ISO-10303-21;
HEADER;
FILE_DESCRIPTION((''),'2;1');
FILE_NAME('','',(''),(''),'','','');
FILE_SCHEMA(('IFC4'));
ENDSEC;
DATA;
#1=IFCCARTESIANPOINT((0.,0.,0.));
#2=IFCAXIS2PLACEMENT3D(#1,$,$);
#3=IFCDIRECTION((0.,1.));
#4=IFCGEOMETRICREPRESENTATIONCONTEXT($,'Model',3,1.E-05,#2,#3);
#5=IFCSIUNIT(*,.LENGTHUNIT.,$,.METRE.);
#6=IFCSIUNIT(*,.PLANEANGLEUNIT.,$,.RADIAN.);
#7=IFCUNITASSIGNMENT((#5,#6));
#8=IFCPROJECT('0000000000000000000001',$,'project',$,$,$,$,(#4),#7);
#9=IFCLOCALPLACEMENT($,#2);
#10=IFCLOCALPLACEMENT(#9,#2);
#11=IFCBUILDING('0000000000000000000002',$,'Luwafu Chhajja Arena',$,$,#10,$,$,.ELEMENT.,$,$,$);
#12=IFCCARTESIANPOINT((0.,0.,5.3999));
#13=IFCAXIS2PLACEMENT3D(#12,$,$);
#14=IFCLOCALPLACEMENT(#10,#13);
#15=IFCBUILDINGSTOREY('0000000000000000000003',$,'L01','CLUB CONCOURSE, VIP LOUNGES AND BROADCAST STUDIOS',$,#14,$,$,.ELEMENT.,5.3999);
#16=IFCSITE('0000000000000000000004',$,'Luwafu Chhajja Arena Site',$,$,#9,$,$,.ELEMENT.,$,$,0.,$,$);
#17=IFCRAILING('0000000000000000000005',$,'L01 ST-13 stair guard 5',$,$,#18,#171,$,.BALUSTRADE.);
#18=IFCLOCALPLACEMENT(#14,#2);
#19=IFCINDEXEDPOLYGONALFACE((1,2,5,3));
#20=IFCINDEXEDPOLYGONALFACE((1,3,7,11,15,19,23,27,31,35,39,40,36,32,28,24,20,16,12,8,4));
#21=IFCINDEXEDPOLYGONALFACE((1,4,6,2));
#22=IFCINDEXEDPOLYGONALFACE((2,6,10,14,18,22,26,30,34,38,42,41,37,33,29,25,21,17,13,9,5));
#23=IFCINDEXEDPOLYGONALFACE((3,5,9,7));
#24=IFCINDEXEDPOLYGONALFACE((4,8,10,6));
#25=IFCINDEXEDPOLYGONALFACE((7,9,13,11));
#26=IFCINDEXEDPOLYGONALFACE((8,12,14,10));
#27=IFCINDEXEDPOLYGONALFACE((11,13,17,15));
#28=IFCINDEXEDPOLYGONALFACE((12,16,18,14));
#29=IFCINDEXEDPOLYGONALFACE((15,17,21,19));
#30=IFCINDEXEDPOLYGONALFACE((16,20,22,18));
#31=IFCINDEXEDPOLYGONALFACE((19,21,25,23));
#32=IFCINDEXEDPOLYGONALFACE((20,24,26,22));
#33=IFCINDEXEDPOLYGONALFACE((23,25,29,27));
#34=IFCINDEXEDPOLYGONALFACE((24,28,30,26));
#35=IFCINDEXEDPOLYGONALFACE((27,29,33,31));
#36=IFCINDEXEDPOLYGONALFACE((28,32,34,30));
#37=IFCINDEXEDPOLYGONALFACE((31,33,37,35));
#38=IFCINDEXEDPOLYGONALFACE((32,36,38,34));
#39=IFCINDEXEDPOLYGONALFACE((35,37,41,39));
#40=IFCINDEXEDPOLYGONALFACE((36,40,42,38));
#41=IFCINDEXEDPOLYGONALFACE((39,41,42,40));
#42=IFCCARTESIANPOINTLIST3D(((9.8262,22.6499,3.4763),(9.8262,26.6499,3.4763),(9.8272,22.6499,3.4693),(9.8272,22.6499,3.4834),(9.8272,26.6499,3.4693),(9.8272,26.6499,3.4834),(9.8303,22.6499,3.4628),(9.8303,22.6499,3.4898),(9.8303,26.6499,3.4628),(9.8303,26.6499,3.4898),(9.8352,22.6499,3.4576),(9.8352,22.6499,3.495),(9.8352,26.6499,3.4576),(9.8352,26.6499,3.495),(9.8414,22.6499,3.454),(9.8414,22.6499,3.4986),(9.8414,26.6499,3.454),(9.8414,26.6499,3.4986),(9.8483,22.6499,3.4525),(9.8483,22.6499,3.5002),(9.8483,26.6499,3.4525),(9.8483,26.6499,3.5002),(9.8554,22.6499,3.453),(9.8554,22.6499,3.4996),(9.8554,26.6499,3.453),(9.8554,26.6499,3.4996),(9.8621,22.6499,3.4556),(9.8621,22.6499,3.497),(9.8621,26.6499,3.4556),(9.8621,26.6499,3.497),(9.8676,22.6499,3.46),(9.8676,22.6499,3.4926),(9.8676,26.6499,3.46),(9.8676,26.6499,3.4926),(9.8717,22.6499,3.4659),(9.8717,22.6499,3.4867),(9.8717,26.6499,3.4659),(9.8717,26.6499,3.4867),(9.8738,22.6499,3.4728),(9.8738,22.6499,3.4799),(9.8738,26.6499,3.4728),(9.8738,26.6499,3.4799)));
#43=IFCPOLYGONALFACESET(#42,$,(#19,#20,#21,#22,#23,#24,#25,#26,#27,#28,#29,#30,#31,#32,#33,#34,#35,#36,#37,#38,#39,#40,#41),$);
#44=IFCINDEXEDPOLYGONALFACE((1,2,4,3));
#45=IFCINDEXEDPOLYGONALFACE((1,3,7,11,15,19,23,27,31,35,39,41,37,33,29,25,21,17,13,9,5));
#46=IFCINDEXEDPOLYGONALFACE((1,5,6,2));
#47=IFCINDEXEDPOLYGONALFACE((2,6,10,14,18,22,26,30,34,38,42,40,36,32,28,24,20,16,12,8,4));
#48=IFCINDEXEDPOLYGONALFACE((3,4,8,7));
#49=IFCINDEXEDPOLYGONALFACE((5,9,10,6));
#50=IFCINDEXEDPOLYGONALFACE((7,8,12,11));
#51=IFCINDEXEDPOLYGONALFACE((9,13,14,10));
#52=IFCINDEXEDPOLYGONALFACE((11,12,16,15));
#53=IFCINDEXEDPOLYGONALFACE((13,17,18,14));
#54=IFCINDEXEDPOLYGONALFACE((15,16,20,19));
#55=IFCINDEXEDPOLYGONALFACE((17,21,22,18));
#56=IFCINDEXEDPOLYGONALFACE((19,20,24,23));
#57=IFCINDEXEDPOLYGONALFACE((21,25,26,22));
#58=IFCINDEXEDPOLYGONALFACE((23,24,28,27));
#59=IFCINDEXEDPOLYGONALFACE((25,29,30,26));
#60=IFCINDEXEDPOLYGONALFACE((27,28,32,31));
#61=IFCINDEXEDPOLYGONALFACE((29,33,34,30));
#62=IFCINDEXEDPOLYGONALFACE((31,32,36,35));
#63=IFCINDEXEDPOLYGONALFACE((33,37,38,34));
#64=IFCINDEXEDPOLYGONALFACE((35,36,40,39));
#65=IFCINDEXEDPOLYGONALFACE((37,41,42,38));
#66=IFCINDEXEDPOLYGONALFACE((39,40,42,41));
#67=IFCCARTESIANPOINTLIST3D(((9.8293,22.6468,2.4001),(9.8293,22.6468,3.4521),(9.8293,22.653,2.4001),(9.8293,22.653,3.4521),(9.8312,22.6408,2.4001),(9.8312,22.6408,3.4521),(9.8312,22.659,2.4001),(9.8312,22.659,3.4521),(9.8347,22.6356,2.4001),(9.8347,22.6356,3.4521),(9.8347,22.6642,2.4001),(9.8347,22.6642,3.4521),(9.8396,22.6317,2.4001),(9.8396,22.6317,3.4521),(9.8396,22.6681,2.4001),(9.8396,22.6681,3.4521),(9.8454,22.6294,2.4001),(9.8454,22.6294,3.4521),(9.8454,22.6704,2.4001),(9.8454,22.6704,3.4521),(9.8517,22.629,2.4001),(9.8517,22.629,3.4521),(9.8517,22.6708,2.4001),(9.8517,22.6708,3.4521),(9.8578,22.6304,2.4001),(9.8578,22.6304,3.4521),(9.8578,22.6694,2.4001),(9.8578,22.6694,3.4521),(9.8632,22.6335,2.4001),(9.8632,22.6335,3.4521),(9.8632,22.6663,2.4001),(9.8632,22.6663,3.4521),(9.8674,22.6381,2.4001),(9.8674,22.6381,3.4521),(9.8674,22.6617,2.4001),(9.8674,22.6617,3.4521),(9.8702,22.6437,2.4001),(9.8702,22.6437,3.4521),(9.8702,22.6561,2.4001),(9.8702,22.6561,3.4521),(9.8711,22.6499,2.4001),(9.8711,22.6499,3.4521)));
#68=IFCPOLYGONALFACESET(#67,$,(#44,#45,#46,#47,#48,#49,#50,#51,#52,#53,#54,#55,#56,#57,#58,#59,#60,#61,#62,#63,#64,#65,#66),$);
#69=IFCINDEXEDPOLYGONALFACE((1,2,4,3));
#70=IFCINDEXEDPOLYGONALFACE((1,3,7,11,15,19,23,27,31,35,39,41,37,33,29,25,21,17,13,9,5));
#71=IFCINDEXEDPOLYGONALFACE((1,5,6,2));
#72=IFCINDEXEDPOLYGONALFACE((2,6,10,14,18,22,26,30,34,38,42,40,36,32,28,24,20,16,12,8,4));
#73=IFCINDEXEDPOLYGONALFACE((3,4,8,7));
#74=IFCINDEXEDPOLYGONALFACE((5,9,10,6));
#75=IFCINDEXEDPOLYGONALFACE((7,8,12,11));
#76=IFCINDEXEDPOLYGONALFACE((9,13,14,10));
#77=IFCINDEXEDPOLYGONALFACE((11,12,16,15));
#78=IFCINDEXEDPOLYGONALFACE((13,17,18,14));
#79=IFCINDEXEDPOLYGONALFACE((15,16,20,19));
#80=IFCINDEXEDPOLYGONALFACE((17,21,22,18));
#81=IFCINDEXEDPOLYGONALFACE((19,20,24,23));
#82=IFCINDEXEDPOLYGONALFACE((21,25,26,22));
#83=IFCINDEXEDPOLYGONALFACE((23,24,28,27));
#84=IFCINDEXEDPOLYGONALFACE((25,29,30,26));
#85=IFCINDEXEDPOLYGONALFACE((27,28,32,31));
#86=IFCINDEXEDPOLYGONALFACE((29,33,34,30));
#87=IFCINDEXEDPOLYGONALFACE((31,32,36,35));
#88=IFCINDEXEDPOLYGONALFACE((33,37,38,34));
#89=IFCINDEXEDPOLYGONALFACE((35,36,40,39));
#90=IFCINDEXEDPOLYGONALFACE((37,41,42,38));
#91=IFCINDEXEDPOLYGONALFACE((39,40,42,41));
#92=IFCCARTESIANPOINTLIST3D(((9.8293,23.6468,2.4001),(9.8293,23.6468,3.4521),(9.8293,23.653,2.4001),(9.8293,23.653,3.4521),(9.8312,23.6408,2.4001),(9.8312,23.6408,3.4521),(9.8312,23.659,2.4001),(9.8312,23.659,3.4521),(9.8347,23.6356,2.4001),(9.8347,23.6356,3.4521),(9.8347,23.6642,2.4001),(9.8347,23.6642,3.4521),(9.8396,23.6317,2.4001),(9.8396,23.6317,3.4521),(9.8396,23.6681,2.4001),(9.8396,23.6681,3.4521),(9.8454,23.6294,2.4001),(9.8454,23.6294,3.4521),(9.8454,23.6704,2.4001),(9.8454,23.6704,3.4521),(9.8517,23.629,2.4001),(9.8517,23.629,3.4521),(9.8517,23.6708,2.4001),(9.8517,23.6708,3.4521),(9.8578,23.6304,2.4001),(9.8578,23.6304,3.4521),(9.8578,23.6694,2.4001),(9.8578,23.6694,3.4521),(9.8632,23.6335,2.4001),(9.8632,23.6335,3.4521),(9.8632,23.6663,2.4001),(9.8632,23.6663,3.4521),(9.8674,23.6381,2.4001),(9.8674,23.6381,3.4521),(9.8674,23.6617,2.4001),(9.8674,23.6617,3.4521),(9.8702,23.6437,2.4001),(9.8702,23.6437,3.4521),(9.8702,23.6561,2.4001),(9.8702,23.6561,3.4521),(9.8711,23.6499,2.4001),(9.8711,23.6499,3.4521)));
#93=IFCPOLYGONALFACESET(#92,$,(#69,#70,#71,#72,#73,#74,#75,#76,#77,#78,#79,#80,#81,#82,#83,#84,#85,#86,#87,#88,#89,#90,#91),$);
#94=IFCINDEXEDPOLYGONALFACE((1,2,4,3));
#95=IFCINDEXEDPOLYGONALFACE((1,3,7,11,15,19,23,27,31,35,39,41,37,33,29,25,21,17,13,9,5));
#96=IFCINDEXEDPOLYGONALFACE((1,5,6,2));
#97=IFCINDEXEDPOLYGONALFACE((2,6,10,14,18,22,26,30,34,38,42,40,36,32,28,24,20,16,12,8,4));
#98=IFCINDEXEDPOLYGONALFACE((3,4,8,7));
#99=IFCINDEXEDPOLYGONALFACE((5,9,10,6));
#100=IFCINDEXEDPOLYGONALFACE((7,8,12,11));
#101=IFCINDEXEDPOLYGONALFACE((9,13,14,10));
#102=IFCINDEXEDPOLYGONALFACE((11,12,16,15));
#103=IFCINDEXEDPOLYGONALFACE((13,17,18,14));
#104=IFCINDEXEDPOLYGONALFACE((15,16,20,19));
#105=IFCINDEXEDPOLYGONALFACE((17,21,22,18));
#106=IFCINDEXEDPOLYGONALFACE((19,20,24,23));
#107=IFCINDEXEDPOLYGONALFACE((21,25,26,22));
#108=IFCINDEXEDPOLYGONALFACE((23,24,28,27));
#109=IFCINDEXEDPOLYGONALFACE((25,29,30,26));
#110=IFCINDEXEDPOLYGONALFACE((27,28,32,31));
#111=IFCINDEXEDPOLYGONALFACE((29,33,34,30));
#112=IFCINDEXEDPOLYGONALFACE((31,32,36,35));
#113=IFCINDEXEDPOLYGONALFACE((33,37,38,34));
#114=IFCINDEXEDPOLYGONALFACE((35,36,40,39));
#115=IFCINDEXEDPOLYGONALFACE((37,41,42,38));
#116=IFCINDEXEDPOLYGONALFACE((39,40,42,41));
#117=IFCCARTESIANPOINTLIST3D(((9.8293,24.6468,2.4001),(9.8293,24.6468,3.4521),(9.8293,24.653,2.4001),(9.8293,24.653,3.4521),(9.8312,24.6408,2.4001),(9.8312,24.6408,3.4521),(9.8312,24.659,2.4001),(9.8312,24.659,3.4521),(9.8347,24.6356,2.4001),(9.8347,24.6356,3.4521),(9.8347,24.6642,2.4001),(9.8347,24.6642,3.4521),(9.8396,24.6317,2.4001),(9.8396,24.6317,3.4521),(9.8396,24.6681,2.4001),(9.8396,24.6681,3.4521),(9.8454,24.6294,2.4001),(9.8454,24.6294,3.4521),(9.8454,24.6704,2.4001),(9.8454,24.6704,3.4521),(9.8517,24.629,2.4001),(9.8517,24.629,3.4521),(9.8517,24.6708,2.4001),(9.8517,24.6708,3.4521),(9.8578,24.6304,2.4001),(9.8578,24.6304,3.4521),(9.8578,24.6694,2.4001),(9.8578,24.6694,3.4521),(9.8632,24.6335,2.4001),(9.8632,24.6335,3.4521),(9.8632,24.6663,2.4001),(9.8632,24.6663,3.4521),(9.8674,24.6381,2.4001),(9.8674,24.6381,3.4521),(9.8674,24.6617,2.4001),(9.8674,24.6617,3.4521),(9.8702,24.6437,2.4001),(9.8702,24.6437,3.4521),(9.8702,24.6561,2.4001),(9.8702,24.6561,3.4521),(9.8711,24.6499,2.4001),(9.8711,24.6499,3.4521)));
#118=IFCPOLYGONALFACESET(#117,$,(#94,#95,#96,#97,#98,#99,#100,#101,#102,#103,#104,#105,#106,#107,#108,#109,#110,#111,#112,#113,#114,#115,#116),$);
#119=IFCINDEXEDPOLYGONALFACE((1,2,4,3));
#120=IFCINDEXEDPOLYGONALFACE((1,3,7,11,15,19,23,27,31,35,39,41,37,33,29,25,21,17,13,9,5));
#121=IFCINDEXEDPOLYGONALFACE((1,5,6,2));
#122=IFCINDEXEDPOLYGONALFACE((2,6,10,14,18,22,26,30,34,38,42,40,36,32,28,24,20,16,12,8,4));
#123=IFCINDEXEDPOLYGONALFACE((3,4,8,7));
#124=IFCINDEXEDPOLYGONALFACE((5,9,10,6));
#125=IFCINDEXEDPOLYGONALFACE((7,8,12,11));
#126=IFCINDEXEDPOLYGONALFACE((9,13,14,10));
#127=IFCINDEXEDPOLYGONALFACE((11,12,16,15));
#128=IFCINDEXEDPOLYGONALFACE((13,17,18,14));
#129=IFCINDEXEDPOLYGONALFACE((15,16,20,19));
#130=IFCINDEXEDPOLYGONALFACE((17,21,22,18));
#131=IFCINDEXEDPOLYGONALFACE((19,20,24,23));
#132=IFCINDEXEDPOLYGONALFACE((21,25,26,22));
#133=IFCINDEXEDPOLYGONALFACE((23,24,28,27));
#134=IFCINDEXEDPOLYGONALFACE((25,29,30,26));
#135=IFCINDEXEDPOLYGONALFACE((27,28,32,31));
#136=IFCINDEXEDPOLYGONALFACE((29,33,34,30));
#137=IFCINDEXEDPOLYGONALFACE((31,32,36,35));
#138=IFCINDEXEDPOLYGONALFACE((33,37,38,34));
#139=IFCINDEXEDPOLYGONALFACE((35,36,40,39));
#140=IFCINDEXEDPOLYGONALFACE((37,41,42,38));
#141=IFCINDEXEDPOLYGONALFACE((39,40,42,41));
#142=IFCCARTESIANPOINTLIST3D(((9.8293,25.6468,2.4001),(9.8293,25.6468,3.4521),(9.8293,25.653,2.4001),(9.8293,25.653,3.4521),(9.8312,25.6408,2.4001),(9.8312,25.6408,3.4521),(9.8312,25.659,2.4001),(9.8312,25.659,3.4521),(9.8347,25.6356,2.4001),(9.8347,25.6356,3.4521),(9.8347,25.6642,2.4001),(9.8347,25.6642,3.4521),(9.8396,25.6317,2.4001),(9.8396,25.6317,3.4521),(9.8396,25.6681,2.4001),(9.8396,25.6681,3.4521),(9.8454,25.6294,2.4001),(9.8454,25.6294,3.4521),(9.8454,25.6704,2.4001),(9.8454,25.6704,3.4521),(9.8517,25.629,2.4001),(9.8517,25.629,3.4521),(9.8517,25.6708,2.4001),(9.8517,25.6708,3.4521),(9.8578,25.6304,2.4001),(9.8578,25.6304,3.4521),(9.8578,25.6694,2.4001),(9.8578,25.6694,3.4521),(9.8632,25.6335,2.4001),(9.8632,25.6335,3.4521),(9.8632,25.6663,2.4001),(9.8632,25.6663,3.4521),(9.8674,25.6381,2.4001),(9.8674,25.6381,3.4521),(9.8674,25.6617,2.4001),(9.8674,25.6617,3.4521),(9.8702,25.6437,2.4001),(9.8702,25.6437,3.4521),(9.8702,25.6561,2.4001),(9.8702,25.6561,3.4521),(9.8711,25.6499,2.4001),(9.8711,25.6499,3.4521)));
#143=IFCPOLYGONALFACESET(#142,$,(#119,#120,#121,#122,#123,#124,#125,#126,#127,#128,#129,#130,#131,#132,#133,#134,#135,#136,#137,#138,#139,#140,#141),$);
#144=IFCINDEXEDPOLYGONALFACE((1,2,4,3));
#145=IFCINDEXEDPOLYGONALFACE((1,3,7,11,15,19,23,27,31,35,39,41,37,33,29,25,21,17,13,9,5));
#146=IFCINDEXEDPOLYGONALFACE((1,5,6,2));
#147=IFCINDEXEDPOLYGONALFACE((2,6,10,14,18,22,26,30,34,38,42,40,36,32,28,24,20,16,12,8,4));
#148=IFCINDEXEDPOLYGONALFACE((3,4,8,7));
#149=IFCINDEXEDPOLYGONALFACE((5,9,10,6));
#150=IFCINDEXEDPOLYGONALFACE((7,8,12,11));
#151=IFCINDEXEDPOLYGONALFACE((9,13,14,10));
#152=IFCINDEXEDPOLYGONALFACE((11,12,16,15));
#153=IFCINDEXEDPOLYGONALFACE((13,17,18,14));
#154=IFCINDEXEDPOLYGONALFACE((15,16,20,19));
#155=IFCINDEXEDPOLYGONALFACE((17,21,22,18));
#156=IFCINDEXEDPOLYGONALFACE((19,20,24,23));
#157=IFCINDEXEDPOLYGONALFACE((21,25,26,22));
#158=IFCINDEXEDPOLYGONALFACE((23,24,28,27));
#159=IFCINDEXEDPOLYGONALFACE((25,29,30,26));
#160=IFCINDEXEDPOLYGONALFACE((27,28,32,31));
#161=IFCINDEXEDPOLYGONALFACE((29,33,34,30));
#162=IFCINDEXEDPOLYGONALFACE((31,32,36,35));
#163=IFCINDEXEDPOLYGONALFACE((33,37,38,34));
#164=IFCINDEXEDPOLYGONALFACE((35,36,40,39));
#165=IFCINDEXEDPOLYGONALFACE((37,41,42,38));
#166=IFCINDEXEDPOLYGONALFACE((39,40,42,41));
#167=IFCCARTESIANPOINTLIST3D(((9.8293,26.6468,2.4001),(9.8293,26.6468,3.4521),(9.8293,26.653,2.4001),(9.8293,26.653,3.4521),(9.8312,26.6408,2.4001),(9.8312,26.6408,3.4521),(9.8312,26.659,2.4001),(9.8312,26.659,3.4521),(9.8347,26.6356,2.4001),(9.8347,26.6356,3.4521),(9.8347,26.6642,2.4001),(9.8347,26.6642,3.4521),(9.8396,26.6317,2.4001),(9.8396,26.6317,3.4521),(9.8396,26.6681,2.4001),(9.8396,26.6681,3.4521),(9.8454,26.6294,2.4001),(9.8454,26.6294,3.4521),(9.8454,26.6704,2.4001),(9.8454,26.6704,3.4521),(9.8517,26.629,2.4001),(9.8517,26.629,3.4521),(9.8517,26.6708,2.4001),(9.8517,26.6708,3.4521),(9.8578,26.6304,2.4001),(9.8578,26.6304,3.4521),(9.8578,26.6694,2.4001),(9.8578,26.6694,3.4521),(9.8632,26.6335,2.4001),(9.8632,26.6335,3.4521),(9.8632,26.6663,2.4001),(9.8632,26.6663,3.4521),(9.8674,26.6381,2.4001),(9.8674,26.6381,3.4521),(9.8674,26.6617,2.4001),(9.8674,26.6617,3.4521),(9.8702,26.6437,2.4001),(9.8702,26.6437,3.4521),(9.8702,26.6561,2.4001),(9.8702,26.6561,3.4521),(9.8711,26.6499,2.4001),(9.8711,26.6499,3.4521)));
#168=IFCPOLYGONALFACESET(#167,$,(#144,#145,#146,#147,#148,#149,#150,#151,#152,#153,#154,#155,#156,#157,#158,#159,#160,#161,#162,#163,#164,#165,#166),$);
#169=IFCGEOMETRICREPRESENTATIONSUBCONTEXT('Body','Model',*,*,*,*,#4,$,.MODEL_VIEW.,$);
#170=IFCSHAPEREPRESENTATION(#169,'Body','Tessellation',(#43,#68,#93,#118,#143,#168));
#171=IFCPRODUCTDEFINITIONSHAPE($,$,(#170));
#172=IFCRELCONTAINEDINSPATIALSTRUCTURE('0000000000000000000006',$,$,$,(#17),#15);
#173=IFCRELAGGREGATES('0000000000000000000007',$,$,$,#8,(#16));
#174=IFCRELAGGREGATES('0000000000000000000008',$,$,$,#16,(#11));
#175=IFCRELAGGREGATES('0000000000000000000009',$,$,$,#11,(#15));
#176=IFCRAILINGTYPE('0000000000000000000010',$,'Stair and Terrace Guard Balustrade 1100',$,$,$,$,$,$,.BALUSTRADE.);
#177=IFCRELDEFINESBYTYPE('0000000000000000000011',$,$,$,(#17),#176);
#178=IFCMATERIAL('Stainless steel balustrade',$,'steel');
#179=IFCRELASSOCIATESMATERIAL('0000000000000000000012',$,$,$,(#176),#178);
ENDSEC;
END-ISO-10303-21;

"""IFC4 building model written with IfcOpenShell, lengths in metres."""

from ifc_helpers import new_model, si_unit, direction, frame, origin, origin_2d, place, context, subcontext, project, spatial, circle, extrude, material, type_object, element, save


model = new_model("IFC4")

# Units and contexts
model_context = context("Model", 3, precision=1e-05, world=origin(), true_north=direction((0.0, 1.0)))
body_context = subcontext(model_context, "Body", "Model", "MODEL_VIEW")
ifc_project = project(units=[si_unit("LENGTHUNIT", "METRE"), si_unit("PLANEANGLEUNIT", "RADIAN")], contexts=[model_context])

# Site, building, storey
site_placement = place(None, origin())
site = spatial("IfcSite", under=ifc_project, at=site_placement, Name="Luwafu Chhajja Arena Site", CompositionType="ELEMENT", RefElevation=0.0)
building_placement = place(site_placement, origin())
building = spatial("IfcBuilding", under=site, at=building_placement, Name="Luwafu Chhajja Arena", CompositionType="ELEMENT")
storey_placement = place(building_placement, frame((0.0, 0.0, 5.3999)))
storey = spatial("IfcBuildingStorey", under=building, at=storey_placement, Name="L01", Description="CLUB CONCOURSE, VIP LOUNGES AND BROADCAST STUDIOS", CompositionType="ELEMENT", Elevation=5.3999)

# Railing
ifc_material_1 = material(Name="Stainless steel balustrade", Category="steel")
railing_type_1 = type_object("IfcRailingType", Name="Stair and Terrace Guard Balustrade 1100", PredefinedType="BALUSTRADE", material=ifc_material_1)
railing_1_placement = place(storey_placement, frame((9.8501, 22.6499, 2.4001)))
element("IfcRailing", 1, at=railing_1_placement, inside=storey, type_object=railing_type_1, Name="L01 ST-13 stair guard 5", PredefinedType="BALUSTRADE", context=body_context, shape_type="SweptSolid", body=[
    extrude(circle(Radius=0.0239, at=origin_2d()), frame((0.0, 0.0, 1.0762), z_axis=(0.0, 1.0, 0.0), x_axis=(-1.0, 0.0, 0.0)), (0.0, 0.0, 1.0), 4.0),
    extrude(circle(Radius=0.021, at=origin_2d()), origin(), (0.0, 0.0, 1.0), 1.052),
    extrude(circle(Radius=0.021, at=origin_2d()), frame((0.0, 1.0, 0.0)), (0.0, 0.0, 1.0), 1.052),
    extrude(circle(Radius=0.021, at=origin_2d()), frame((0.0, 2.0, 0.0)), (0.0, 0.0, 1.0), 1.052),
    extrude(circle(Radius=0.021, at=origin_2d()), frame((0.0, 3.0, 0.0)), (0.0, 0.0, 1.0), 1.052),
    extrude(circle(Radius=0.021, at=origin_2d()), frame((0.0, 4.0, 0.0)), (0.0, 0.0, 1.0), 1.052),
])

save(model, "model.ifc")
